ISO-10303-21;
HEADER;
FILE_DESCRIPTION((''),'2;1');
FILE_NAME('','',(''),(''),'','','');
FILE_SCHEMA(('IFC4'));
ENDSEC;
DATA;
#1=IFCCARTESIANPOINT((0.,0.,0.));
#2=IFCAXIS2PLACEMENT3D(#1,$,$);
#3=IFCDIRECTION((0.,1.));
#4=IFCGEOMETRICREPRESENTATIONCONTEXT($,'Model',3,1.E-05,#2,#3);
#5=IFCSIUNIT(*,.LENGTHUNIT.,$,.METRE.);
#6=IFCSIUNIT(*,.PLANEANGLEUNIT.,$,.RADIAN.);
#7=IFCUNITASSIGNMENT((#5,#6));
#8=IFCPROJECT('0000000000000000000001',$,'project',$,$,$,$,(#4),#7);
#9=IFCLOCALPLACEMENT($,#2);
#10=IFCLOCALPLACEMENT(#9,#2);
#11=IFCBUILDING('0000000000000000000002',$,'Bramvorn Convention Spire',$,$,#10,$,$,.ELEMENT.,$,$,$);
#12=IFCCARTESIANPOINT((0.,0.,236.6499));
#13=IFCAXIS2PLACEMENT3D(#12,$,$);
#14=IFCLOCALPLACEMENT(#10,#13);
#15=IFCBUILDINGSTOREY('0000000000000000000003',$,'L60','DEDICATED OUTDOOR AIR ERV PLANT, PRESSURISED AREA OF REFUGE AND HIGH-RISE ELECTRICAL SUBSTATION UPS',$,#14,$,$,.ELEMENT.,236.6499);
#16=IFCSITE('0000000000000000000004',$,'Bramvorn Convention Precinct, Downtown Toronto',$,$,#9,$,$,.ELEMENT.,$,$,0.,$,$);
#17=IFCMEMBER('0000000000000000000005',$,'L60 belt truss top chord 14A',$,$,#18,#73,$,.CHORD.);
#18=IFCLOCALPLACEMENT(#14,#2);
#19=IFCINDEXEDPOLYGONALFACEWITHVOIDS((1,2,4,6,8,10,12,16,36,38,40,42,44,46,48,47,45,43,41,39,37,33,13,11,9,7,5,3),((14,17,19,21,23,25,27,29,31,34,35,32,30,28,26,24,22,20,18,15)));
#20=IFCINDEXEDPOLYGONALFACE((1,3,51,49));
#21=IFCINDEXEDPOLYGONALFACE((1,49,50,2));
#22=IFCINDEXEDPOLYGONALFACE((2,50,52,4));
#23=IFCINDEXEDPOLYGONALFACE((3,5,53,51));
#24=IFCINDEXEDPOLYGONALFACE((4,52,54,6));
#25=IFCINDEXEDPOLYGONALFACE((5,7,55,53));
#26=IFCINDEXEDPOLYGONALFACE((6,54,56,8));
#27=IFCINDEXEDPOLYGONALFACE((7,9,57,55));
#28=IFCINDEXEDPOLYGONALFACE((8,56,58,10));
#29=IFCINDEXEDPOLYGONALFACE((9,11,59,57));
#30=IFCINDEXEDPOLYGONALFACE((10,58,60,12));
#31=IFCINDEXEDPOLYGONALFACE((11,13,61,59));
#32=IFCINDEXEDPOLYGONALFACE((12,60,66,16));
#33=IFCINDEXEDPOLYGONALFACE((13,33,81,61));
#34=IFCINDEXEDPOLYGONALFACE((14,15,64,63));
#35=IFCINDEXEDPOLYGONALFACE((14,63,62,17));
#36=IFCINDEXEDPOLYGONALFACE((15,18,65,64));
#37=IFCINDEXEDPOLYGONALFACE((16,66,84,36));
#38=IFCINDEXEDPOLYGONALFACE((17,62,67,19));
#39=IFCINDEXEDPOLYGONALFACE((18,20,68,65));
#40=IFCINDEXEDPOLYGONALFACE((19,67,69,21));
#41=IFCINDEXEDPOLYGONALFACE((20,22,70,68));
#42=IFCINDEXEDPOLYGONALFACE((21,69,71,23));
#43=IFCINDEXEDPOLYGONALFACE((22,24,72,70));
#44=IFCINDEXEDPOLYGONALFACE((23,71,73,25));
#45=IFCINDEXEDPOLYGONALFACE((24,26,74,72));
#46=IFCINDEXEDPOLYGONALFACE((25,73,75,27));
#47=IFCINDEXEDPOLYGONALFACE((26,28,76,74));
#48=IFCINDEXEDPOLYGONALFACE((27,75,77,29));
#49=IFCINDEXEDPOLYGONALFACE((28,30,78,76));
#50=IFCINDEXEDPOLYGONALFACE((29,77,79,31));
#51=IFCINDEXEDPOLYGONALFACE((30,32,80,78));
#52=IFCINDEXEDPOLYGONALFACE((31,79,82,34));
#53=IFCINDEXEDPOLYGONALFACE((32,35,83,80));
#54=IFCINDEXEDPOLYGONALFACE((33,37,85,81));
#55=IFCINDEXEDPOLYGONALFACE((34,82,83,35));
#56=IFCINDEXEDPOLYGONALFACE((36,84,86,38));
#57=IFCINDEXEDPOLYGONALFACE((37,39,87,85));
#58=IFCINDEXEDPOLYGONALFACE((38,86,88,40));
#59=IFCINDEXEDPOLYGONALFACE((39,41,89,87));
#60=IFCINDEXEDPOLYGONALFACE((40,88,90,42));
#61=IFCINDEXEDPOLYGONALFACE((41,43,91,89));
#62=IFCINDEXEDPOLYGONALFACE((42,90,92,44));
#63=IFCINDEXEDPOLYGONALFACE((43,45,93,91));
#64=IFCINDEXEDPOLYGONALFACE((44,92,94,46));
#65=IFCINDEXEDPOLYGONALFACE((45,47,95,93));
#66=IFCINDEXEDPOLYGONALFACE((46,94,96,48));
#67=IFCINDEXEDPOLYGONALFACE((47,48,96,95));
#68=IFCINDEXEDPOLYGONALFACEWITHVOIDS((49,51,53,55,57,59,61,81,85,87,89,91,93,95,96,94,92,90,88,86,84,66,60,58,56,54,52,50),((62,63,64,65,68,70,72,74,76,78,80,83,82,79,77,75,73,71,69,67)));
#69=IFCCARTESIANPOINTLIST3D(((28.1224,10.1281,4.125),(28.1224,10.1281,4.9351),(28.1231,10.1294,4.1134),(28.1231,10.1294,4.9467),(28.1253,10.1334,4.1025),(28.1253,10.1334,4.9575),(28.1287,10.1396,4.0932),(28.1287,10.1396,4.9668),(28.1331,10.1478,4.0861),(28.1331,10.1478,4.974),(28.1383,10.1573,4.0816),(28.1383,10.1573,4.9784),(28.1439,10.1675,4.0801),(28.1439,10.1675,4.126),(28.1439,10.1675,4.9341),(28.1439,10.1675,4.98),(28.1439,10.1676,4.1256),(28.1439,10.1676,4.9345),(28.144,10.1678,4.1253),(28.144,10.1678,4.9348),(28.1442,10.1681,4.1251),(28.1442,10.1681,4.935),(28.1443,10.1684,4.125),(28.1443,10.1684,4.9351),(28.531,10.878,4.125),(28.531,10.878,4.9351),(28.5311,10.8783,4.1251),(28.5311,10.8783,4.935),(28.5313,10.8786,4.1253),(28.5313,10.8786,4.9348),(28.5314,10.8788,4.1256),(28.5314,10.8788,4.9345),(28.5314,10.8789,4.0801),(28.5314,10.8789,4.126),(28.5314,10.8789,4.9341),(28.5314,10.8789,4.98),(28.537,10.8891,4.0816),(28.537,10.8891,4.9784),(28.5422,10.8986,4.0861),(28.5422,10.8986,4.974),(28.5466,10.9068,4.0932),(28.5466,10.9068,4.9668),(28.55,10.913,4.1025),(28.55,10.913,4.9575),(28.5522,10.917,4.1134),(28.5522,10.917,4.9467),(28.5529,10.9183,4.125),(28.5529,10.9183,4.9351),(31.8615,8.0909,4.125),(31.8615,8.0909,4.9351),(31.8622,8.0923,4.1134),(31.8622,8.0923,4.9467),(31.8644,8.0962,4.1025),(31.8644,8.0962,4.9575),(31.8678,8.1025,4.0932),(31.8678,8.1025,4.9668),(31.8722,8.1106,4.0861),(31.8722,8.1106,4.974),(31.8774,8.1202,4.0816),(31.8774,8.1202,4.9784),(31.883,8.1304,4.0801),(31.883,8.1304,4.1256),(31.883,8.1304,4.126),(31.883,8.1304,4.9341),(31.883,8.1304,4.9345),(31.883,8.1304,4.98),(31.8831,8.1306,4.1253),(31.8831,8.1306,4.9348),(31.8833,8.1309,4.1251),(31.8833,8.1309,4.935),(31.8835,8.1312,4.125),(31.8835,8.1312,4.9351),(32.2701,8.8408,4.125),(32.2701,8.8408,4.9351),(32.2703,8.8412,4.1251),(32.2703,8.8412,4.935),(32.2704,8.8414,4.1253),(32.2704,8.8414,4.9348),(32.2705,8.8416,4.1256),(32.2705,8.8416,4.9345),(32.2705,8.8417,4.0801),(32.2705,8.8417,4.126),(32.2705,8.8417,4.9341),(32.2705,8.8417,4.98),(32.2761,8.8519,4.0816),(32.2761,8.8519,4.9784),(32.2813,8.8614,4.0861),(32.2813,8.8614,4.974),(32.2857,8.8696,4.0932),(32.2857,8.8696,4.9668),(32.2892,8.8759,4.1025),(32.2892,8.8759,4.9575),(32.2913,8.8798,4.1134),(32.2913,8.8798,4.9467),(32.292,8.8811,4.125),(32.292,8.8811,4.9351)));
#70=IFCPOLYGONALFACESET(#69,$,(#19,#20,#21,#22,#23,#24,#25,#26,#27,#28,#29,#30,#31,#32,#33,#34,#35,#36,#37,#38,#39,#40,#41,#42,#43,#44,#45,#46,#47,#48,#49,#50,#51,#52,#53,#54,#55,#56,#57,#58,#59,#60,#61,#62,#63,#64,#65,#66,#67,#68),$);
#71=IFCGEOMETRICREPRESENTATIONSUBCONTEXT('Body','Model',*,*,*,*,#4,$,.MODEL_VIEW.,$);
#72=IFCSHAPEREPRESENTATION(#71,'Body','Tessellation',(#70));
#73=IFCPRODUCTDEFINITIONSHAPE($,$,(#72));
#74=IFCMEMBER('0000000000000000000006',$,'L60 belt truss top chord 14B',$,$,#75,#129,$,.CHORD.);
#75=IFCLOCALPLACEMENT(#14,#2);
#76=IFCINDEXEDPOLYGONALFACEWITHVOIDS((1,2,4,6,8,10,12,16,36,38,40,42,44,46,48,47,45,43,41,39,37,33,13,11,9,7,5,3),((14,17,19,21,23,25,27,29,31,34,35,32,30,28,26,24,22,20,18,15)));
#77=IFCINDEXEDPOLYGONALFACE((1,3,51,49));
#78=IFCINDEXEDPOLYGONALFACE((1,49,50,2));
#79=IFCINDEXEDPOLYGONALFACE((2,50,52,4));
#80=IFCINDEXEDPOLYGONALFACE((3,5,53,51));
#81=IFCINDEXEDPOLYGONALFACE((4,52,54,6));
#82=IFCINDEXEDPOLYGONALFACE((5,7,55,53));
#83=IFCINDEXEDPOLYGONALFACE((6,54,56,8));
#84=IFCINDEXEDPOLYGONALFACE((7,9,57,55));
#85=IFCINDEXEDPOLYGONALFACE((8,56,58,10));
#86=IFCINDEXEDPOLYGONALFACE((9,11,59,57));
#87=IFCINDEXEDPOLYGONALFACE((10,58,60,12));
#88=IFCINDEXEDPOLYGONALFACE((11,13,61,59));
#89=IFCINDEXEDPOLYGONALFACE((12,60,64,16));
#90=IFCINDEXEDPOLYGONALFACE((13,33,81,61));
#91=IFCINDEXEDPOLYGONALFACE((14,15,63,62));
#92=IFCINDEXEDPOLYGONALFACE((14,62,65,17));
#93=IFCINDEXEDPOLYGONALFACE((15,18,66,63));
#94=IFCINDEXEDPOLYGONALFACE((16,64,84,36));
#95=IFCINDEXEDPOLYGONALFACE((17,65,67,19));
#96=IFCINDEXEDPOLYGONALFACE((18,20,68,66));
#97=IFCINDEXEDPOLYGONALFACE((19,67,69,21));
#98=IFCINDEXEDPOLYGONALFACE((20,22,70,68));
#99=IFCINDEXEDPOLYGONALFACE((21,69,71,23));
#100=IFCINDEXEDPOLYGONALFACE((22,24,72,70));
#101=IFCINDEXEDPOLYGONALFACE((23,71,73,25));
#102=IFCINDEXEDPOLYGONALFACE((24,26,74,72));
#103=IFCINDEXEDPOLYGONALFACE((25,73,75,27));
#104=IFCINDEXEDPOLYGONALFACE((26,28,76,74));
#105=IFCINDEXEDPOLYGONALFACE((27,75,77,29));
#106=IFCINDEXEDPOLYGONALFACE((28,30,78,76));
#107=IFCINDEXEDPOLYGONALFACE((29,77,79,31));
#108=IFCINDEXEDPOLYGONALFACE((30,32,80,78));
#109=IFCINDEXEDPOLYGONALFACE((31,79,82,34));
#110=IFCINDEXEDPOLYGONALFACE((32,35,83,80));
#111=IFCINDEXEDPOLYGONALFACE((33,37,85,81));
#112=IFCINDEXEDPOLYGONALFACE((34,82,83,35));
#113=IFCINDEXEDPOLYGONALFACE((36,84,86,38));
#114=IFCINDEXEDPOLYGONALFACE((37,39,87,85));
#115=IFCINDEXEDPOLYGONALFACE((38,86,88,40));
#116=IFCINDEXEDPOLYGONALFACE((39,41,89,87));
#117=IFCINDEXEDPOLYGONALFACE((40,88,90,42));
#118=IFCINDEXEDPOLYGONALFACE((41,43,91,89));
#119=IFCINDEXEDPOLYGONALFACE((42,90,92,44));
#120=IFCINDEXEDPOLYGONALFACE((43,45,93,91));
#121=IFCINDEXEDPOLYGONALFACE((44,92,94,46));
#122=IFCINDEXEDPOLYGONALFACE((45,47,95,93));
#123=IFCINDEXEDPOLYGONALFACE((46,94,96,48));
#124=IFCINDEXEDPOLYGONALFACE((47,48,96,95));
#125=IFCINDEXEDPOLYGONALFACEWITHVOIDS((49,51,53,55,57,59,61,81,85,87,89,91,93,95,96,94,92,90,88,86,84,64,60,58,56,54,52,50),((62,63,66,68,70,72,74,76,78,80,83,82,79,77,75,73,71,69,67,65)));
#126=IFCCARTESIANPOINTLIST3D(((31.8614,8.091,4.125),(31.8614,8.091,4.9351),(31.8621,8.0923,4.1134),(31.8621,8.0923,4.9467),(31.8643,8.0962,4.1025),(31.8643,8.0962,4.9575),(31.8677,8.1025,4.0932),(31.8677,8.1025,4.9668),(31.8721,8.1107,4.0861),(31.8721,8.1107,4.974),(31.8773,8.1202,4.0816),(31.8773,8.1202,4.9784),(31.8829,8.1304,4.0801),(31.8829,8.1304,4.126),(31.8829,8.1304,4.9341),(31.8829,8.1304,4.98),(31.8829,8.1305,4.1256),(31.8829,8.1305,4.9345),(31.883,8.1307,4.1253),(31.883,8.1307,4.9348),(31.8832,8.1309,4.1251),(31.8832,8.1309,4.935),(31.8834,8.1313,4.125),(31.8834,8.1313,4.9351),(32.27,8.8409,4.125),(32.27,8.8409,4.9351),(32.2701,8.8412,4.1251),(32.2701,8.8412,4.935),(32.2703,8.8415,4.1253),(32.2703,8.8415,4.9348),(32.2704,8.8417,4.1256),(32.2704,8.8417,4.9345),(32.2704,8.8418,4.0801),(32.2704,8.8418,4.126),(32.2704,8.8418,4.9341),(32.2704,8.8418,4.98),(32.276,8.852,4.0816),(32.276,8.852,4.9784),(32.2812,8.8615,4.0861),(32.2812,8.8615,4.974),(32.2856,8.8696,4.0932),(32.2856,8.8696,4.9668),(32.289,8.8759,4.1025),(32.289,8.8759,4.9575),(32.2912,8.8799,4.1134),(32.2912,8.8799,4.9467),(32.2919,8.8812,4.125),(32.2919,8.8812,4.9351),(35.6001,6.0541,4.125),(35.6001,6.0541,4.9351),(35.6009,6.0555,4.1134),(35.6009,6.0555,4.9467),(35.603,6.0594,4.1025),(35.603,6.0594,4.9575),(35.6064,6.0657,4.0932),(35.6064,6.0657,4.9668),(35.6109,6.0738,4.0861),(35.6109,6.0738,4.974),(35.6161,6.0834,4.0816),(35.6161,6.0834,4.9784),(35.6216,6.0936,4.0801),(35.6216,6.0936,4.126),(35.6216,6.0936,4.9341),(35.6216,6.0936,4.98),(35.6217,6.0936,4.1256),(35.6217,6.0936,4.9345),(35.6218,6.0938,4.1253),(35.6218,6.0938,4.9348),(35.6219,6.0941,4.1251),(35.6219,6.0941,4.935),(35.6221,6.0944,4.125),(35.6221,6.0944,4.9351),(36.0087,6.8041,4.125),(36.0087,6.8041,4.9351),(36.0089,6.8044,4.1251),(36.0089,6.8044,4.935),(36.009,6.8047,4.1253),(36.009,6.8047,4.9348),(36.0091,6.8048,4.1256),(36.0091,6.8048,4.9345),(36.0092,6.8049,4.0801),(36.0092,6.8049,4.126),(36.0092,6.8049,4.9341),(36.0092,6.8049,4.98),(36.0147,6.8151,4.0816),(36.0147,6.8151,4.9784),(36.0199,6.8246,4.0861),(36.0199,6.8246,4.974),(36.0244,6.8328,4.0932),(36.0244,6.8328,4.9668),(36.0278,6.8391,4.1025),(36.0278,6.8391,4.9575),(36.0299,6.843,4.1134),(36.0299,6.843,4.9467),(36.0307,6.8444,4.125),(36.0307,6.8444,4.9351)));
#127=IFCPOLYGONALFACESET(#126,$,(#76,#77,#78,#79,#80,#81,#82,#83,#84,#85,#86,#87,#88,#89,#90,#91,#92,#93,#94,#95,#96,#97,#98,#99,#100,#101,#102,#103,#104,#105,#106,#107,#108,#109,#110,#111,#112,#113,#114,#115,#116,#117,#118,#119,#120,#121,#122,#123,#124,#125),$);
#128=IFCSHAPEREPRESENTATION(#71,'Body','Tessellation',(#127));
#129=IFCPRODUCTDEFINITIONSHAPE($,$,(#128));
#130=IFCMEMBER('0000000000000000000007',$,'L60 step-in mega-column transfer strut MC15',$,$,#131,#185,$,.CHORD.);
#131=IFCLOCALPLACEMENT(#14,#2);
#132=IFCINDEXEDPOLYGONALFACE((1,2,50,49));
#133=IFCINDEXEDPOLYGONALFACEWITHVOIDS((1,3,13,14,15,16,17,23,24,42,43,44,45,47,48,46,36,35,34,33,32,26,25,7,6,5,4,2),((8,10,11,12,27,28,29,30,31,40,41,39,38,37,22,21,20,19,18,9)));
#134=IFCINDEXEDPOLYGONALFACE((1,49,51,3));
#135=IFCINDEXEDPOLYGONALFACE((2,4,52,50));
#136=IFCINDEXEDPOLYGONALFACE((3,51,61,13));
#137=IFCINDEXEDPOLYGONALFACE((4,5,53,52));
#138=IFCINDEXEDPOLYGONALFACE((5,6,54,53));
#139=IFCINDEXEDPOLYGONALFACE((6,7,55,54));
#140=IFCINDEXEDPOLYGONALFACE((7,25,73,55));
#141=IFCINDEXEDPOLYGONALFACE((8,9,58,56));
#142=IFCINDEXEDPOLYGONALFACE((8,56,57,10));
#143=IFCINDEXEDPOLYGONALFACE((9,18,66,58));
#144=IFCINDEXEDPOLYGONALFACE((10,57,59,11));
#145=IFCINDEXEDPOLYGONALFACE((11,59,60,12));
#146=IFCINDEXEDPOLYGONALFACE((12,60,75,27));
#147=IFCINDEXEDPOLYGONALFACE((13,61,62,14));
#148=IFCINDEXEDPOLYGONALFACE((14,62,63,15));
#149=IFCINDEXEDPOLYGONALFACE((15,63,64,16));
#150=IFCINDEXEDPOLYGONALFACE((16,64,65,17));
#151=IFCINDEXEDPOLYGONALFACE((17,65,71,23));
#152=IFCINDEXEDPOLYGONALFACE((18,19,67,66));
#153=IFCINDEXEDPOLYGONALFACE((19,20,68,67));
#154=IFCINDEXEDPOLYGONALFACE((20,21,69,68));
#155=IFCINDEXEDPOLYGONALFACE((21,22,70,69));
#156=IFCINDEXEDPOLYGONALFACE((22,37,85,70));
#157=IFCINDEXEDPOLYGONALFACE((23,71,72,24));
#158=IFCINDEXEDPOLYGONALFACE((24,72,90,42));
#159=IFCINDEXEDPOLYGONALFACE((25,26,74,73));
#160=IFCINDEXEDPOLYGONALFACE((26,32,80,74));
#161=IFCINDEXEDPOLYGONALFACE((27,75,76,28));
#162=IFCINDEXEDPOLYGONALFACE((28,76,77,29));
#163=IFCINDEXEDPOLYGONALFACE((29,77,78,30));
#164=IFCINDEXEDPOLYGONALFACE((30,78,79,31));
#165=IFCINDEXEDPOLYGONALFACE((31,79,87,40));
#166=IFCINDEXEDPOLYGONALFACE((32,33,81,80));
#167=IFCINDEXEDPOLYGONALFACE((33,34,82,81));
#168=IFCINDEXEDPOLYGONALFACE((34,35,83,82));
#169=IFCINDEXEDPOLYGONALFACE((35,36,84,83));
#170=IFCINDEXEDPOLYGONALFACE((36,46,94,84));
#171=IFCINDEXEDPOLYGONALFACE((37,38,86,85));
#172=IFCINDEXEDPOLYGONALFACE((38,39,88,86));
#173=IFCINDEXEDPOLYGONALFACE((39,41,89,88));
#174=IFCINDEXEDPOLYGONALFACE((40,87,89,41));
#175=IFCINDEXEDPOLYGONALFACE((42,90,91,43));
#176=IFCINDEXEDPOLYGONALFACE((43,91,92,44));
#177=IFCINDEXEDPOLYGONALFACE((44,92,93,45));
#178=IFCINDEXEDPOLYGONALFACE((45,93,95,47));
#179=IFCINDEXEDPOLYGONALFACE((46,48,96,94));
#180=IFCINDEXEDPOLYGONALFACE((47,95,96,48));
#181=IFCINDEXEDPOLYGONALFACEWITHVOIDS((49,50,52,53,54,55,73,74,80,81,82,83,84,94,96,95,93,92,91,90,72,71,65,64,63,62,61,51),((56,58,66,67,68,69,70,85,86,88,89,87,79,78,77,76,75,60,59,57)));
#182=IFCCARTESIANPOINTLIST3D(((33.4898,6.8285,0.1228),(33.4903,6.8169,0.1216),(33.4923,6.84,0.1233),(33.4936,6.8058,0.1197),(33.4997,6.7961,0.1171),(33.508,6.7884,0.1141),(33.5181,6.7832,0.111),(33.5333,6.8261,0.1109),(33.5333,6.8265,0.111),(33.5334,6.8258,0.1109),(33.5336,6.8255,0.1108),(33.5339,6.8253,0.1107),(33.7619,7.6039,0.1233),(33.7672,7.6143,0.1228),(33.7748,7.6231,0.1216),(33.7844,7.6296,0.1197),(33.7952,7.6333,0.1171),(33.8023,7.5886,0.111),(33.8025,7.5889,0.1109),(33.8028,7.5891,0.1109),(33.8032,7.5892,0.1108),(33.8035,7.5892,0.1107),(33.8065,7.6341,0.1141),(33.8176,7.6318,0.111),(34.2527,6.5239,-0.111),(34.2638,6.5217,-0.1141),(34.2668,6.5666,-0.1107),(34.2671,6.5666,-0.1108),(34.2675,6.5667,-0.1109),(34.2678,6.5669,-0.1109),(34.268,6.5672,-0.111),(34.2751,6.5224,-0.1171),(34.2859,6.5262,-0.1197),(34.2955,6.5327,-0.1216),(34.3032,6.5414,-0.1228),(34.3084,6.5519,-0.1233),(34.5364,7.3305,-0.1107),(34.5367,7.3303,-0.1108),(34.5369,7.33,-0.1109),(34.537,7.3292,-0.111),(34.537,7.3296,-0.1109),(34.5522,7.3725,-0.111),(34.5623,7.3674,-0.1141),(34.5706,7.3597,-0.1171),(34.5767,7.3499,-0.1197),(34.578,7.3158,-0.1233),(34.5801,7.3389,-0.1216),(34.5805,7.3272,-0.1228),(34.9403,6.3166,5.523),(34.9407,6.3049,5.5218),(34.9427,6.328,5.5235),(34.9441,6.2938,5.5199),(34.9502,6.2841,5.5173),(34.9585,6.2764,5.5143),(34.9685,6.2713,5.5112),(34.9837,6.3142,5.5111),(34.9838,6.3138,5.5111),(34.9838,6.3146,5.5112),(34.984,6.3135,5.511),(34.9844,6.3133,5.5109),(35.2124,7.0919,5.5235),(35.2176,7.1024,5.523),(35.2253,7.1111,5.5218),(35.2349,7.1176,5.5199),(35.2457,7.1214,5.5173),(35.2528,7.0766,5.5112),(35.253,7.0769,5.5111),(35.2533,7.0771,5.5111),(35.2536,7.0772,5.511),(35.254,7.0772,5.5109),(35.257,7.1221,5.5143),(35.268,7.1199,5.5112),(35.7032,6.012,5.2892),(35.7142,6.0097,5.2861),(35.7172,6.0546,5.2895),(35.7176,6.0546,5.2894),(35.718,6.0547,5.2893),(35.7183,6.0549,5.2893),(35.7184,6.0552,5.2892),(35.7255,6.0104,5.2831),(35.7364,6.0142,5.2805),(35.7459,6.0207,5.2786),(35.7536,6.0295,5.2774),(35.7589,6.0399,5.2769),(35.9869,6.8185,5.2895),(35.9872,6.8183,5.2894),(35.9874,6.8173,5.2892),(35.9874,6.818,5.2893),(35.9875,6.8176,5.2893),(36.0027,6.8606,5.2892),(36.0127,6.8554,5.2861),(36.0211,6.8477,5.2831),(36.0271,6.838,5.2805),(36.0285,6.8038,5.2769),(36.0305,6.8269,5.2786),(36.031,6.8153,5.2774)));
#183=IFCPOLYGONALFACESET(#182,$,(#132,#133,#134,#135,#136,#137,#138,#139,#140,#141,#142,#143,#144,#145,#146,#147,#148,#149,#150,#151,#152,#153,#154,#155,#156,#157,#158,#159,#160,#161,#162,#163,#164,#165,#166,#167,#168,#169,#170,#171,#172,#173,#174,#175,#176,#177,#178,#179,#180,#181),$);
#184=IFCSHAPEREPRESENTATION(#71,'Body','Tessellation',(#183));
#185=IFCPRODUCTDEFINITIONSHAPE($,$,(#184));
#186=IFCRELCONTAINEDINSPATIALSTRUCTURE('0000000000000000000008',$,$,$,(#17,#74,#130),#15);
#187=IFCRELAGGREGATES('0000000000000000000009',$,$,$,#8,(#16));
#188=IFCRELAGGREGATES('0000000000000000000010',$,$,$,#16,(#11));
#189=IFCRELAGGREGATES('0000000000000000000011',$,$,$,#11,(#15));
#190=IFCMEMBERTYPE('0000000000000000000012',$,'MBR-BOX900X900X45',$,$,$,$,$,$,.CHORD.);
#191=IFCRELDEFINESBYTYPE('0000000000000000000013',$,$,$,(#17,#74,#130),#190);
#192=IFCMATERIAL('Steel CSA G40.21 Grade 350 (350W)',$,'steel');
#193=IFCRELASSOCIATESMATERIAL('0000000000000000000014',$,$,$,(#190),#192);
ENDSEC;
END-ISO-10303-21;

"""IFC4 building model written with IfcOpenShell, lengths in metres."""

from ifc_helpers import new_model, si_unit, direction, frame, origin, origin_2d, place, context, subcontext, project, spatial, hollow_rectangle, extrude, material, material_profile, profile_set, type_object, element, save


model = new_model("IFC4")

# Units and contexts
model_context = context("Model", 3, precision=1e-05, world=origin(), true_north=direction((0.0, 1.0)))
body_context = subcontext(model_context, "Body", "Model", "MODEL_VIEW")
ifc_project = project(units=[si_unit("LENGTHUNIT", "METRE"), si_unit("PLANEANGLEUNIT", "RADIAN")], contexts=[model_context])

# Site, building, storey
site_placement = place(None, origin())
site = spatial("IfcSite", under=ifc_project, at=site_placement, Name="Bramvorn Convention Precinct, Downtown Toronto", CompositionType="ELEMENT", RefElevation=0.0)
building_placement = place(site_placement, origin())
building = spatial("IfcBuilding", under=site, at=building_placement, Name="Bramvorn Convention Spire", CompositionType="ELEMENT")
storey_placement = place(building_placement, frame((0.0, 0.0, 236.6499)))
storey = spatial("IfcBuildingStorey", under=building, at=storey_placement, Name="L60", Description="DEDICATED OUTDOOR AIR ERV PLANT, PRESSURISED AREA OF REFUGE AND HIGH-RISE ELECTRICAL SUBSTATION UPS", CompositionType="ELEMENT", Elevation=236.6499)

# Shared definitions
ifc_material_1 = material(Name="Steel CSA G40.21 Grade 350 (350W)", Category="steel")

# Members
ifc_material_profile_1 = material_profile(ifc_material_1, hollow_rectangle(XDim=0.8999, YDim=0.8999, WallThickness=0.0449, InnerFilletRadius=0.001, OuterFilletRadius=0.0449, at=origin_2d()))
ifc_profile_set_1 = profile_set([ifc_material_profile_1], Name="Steel CSA G40.21 Grade 350 (350W) - BOX900X900X45")
member_type_1 = type_object("IfcMemberType", Name="MBR-BOX900X900X45", PredefinedType="CHORD", material=ifc_profile_set_1)
member_1_placement = place(storey_placement, frame((28.3376, 10.5232, 4.53), z_axis=(0.878128, -0.478426, 0.0), x_axis=(0.478426, 0.878128, 0.0)))
element("IfcMember", 1, at=member_1_placement, inside=storey, type_object=member_type_1, Name="L60 belt truss top chord 14A", PredefinedType="CHORD", context=body_context, shape_type="SweptSolid", body=[
    extrude(hollow_rectangle(XDim=0.8999, YDim=0.8999, WallThickness=0.0449, InnerFilletRadius=0.001, OuterFilletRadius=0.0449, at=origin_2d()), origin(), (0.0, 0.0, 1.0), 4.2581),
])
member_2_placement = place(storey_placement, frame((32.0767, 8.4861, 4.53), z_axis=(0.878139, -0.478406, 0.0), x_axis=(0.478406, 0.878139, 0.0)))
element("IfcMember", 2, at=member_2_placement, inside=storey, type_object=member_type_1, Name="L60 belt truss top chord 14B", PredefinedType="CHORD", context=body_context, shape_type="SweptSolid", body=[
    extrude(hollow_rectangle(XDim=0.8999, YDim=0.8999, WallThickness=0.0449, InnerFilletRadius=0.001, OuterFilletRadius=0.0449, at=origin_2d()), origin(), (0.0, 0.0, 1.0), 4.2576),
])
member_3_placement = place(storey_placement, frame((34.0352, 7.0779, 0.0), z_axis=(0.258318, -0.091179, 0.961747), x_axis=(0.332845, 0.942982, 0.0)))
element("IfcMember", 3, at=member_3_placement, inside=storey, type_object=member_type_1, Name="L60 step-in mega-column transfer strut MC15", PredefinedType="CHORD", context=body_context, shape_type="SweptSolid", body=[
    extrude(hollow_rectangle(XDim=0.8999, YDim=0.8999, WallThickness=0.0449, InnerFilletRadius=0.001, OuterFilletRadius=0.0449, at=origin_2d()), origin(), (0.0, 0.0, 1.0), 5.615),
])

save(model, "model.ifc")
